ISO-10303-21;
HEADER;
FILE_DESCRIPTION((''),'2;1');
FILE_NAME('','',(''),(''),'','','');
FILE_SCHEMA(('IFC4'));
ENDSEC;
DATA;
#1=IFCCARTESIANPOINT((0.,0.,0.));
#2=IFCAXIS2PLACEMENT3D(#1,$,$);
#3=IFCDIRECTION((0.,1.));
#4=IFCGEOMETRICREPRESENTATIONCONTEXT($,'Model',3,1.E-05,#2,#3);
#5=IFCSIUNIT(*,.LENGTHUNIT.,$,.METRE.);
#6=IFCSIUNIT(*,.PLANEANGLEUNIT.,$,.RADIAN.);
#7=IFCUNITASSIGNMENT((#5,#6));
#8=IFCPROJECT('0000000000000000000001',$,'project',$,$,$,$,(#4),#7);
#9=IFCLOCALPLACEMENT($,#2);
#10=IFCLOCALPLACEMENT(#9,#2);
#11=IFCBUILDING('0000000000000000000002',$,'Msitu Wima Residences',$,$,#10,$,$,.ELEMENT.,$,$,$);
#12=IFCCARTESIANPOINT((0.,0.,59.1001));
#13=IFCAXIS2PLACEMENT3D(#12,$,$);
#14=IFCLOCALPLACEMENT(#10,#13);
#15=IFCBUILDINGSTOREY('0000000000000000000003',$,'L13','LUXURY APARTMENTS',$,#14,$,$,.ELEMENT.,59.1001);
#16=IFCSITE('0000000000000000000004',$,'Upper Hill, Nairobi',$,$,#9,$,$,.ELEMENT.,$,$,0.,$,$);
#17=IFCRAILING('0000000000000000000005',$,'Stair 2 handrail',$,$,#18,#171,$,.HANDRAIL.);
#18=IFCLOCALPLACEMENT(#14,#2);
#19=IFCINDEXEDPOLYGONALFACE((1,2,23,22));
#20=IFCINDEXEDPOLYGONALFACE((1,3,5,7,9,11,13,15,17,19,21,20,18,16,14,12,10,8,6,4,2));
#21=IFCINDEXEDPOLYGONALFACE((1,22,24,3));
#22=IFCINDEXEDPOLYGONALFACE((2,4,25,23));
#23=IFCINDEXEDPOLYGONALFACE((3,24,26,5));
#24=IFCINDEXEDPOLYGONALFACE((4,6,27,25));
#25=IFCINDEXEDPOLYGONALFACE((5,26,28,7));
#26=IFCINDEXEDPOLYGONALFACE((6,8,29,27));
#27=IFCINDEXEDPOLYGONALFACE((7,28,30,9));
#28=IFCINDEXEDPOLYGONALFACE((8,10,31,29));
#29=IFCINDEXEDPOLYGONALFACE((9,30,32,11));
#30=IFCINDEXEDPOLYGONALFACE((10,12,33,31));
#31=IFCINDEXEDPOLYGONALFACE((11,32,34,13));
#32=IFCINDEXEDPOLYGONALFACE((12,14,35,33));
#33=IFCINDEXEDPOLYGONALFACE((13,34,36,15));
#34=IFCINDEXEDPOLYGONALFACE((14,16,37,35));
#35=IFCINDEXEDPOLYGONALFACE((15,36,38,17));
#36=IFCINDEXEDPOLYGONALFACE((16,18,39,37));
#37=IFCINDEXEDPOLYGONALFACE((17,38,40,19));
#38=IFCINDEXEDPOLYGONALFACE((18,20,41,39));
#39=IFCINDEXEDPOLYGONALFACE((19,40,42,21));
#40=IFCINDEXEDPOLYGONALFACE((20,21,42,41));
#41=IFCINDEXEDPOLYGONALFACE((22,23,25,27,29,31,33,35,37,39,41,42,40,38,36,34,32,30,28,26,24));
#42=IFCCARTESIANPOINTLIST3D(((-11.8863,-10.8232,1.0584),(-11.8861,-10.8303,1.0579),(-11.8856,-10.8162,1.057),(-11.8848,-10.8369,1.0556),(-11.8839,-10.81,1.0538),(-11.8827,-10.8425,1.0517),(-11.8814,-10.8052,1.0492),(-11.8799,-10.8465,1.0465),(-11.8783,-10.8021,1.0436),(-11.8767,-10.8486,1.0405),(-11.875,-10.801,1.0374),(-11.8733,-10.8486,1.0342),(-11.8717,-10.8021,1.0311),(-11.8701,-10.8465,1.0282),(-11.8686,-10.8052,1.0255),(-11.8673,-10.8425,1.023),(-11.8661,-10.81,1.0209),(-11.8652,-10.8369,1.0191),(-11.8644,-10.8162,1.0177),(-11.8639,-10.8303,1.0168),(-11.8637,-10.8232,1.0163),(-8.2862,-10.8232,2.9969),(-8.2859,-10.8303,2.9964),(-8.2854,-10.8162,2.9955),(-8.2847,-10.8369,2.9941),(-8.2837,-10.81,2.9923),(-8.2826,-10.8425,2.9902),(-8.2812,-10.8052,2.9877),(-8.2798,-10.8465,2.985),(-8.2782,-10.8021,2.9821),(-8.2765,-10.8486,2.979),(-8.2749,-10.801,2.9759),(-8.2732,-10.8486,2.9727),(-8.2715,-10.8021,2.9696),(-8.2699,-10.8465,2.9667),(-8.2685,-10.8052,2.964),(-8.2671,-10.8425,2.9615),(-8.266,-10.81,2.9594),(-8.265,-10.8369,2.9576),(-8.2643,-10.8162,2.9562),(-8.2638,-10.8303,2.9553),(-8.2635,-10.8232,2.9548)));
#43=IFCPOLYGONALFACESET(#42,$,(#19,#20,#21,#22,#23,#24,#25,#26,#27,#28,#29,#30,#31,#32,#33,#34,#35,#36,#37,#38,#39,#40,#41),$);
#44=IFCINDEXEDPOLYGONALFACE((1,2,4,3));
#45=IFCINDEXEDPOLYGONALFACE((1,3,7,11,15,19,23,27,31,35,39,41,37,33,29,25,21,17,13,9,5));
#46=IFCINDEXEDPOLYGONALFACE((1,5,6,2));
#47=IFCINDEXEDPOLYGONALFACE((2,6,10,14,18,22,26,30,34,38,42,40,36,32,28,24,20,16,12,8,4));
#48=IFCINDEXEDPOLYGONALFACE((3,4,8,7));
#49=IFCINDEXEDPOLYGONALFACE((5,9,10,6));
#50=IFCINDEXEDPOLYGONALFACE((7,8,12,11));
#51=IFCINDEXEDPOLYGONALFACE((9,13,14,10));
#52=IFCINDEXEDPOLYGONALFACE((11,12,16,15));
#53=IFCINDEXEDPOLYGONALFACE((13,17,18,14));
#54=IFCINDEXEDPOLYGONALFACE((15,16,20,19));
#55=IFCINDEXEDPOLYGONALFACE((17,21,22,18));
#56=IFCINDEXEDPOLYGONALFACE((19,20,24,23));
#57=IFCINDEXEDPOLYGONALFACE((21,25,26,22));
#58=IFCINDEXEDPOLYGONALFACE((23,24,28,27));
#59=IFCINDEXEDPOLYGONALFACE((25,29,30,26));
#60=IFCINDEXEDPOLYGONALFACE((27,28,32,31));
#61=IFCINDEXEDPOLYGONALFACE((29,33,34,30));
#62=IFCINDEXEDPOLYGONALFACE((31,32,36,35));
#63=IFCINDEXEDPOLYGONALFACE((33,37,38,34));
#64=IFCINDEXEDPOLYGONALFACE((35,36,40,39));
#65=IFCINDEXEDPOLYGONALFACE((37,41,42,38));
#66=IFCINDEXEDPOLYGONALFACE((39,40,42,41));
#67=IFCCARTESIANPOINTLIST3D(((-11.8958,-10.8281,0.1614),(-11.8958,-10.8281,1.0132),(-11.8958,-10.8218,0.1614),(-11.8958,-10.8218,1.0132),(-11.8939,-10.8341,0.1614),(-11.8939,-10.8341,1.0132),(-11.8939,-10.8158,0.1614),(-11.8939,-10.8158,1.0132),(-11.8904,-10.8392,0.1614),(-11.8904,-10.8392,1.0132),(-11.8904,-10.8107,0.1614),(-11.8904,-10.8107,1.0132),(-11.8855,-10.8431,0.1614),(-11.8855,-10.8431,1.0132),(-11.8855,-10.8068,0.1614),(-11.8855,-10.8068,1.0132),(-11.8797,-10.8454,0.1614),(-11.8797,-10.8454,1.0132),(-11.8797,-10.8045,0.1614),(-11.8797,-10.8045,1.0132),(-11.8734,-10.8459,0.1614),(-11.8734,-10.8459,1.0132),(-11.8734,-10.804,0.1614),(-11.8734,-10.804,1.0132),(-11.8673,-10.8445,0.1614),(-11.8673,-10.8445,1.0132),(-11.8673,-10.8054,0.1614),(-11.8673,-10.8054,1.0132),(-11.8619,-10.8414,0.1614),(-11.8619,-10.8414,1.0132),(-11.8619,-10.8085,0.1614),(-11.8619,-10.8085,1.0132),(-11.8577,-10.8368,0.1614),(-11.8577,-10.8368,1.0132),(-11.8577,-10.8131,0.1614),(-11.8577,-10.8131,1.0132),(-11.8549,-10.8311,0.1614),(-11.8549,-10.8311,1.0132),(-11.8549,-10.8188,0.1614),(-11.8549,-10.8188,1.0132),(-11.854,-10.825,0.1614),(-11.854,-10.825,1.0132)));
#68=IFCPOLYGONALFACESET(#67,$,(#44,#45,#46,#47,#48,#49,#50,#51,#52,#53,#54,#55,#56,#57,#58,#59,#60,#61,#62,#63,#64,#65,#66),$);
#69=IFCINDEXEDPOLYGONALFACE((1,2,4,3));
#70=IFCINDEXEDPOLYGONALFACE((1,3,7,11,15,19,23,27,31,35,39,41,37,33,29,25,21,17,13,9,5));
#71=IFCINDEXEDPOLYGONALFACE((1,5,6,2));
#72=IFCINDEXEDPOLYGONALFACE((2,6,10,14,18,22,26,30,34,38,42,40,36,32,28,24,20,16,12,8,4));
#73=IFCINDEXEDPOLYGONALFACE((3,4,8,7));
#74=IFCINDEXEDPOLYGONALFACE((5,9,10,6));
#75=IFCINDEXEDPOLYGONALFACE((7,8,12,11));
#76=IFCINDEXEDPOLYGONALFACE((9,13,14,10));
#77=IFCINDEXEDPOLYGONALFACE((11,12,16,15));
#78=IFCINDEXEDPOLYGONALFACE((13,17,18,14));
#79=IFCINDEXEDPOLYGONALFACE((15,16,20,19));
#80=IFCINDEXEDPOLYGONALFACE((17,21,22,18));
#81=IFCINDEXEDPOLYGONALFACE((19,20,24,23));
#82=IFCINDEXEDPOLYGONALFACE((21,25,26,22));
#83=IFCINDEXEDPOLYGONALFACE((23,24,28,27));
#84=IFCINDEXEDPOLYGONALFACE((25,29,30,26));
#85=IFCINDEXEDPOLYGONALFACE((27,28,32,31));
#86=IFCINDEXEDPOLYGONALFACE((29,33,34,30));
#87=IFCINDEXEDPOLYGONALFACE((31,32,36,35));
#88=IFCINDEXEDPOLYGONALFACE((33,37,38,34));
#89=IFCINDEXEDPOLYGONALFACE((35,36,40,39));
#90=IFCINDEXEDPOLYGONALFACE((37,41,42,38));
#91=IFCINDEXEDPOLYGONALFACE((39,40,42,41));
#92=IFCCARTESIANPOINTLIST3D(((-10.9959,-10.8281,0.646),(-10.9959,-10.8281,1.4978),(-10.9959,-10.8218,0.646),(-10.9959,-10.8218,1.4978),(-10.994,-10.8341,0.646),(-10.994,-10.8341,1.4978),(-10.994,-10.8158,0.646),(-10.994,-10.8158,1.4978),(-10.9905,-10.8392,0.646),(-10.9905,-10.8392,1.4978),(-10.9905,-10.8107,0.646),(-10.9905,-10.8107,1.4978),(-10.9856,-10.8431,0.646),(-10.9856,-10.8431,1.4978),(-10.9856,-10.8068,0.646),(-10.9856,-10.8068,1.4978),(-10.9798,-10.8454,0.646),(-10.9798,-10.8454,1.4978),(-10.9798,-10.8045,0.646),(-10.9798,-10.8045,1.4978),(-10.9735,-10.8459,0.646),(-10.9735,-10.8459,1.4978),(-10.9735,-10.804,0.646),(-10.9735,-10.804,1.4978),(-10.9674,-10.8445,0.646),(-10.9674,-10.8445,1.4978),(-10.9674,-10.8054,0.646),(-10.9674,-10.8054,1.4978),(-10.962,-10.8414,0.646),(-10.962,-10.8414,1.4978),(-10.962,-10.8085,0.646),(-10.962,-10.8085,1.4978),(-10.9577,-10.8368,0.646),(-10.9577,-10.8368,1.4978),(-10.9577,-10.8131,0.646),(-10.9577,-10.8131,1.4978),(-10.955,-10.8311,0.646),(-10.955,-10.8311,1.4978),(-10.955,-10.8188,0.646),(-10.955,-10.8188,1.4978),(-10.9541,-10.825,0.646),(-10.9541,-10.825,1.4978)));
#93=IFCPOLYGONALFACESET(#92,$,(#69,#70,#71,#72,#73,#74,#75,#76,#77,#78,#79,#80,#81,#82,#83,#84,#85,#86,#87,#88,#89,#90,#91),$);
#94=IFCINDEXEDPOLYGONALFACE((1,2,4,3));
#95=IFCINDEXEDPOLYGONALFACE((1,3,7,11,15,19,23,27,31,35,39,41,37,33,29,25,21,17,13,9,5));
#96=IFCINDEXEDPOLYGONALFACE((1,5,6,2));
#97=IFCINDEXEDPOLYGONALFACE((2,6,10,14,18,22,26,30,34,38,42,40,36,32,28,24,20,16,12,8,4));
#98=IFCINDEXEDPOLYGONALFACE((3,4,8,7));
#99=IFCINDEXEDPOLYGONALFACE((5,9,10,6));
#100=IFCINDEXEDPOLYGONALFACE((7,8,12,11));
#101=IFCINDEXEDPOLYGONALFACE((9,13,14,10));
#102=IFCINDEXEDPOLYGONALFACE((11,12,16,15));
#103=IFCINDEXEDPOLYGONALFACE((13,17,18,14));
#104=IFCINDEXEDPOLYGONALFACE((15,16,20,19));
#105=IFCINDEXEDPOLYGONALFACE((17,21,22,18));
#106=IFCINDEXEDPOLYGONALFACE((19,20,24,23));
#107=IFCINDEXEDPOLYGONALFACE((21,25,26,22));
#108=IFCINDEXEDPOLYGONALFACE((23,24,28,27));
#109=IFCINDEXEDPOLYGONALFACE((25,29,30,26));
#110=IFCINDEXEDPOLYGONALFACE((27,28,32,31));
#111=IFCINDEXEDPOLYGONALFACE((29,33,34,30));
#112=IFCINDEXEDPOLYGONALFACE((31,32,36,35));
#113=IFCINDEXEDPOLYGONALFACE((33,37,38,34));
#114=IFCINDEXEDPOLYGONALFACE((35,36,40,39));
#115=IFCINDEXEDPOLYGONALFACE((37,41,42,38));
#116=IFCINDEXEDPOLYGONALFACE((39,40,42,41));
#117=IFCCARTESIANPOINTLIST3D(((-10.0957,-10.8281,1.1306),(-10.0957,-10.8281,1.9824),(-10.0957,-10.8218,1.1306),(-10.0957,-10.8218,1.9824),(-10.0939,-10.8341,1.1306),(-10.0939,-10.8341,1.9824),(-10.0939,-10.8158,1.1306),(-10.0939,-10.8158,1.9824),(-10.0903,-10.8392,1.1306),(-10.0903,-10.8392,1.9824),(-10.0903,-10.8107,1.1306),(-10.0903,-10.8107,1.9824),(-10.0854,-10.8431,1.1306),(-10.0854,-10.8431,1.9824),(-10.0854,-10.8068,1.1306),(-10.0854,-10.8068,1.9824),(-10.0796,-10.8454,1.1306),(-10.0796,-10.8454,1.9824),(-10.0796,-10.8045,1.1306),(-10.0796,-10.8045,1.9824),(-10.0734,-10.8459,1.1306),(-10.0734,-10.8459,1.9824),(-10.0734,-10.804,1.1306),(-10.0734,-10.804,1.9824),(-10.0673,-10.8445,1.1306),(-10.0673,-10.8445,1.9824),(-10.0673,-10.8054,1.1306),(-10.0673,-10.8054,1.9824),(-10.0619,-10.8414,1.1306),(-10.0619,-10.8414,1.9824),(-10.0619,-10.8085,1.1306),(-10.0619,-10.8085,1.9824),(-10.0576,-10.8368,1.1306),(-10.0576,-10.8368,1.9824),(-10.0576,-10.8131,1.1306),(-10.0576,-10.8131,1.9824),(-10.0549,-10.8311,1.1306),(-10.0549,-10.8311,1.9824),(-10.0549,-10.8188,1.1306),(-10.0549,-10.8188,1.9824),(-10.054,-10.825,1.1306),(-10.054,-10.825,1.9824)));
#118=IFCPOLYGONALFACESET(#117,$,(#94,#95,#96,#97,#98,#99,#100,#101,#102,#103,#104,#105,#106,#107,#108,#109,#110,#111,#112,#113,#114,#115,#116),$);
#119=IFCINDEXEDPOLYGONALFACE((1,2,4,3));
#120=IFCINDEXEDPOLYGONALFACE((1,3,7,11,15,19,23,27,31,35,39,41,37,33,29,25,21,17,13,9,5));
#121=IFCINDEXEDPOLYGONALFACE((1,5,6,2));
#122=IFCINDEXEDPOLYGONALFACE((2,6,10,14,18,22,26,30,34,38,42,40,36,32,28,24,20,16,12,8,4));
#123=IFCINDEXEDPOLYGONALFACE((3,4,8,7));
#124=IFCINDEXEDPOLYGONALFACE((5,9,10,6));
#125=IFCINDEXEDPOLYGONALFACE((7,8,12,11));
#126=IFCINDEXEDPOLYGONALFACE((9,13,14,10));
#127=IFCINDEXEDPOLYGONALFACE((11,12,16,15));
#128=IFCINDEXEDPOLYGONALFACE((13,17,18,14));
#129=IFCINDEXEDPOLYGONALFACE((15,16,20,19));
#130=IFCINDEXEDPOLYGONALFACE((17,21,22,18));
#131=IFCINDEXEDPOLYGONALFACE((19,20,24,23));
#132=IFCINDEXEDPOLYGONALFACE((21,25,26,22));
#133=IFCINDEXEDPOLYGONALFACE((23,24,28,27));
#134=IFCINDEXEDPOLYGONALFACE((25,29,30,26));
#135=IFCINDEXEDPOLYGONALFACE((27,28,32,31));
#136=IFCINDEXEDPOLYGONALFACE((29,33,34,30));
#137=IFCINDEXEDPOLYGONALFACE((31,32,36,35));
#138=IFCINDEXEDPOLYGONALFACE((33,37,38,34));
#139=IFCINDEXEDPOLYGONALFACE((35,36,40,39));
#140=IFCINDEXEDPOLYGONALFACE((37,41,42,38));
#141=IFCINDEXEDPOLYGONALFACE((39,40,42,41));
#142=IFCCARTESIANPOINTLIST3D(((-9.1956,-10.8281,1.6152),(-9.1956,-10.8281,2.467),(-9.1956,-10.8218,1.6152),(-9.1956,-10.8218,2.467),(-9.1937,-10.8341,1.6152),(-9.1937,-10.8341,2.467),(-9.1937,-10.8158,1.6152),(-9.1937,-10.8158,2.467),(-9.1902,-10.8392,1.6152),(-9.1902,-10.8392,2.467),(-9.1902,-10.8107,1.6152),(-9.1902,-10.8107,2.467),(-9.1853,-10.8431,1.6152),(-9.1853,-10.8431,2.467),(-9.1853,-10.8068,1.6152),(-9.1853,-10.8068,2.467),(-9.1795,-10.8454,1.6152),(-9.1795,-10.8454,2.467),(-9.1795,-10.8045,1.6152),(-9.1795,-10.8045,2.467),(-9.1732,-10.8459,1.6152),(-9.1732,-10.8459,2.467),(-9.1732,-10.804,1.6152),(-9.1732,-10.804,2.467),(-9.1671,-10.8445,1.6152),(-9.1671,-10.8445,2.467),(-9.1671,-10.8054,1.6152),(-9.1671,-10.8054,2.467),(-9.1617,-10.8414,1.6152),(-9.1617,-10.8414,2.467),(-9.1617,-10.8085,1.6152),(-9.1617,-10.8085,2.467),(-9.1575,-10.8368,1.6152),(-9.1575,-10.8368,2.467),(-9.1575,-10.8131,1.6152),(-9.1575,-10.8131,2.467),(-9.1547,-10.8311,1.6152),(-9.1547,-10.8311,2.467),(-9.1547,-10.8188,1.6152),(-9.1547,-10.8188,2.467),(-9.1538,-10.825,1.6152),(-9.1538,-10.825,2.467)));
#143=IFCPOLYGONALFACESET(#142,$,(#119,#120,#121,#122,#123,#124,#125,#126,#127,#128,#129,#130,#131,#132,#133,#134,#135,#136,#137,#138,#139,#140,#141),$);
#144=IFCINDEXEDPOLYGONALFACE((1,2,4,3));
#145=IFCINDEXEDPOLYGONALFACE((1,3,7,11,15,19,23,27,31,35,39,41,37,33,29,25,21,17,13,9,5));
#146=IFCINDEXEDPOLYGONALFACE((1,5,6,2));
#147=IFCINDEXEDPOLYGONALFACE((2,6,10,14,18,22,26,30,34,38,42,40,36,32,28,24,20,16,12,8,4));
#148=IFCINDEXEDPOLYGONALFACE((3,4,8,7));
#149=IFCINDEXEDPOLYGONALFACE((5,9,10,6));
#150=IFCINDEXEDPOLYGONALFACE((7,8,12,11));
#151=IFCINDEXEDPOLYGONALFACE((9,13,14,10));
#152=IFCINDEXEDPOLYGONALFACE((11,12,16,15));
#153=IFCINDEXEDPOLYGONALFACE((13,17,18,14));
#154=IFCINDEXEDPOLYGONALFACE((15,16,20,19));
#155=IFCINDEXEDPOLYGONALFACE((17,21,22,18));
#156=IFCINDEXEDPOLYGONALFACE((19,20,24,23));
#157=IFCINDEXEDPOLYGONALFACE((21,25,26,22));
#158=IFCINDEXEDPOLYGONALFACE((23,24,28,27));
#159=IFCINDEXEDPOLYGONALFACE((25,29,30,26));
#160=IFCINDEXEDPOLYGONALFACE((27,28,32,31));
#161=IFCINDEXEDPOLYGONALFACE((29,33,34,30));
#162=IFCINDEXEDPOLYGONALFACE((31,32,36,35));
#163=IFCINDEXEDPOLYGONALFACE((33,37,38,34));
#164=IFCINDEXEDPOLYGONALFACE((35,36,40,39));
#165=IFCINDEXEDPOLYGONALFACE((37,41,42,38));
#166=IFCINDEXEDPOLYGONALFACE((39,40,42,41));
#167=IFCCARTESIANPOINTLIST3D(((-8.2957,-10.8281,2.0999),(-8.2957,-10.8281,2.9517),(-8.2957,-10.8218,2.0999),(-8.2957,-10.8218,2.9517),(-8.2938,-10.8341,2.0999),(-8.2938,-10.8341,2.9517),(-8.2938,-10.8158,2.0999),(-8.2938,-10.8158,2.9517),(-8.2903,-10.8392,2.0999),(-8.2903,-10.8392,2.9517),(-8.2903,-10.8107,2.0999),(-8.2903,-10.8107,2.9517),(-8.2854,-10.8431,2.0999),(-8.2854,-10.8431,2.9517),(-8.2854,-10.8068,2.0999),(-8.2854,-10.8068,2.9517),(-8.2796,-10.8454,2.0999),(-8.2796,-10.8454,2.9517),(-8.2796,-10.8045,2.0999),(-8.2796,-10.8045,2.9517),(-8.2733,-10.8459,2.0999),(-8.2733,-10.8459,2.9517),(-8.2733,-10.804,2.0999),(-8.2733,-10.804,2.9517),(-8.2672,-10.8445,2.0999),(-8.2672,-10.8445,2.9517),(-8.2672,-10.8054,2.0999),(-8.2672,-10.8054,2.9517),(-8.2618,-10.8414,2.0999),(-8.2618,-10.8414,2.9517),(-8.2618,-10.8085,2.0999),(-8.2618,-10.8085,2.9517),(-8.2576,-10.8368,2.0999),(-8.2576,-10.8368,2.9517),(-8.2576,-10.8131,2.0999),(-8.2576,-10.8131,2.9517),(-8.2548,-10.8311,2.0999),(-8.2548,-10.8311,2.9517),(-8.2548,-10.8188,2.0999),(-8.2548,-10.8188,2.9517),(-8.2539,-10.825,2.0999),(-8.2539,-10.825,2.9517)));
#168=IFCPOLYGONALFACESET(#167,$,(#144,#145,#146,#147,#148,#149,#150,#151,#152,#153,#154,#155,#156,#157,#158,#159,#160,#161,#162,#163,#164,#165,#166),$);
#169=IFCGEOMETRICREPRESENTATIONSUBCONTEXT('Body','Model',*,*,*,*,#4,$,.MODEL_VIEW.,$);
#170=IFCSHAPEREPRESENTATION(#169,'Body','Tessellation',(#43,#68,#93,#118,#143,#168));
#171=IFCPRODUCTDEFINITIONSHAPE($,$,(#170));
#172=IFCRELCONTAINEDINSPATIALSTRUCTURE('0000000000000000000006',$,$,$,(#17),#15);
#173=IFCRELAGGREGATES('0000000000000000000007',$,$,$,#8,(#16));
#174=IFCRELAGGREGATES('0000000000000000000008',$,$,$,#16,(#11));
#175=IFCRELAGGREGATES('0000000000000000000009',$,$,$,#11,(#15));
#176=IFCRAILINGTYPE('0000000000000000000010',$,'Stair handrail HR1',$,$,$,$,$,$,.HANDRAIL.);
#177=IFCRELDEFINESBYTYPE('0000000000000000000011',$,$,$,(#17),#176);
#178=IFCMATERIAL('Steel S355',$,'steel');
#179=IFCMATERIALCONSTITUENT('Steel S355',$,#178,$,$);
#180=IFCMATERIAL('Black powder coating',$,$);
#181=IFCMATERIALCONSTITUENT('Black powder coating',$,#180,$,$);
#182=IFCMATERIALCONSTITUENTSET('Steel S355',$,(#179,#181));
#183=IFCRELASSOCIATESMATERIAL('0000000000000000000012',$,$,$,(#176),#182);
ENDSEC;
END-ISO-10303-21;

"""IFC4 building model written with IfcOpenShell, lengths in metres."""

from ifc_helpers import new_model, si_unit, direction, frame, origin, origin_2d, place, context, subcontext, project, spatial, circle, extrude, material, constituent, constituent_set, type_object, element, save


model = new_model("IFC4")

# Units and contexts
model_context = context("Model", 3, precision=1e-05, world=origin(), true_north=direction((0.0, 1.0)))
body_context = subcontext(model_context, "Body", "Model", "MODEL_VIEW")
ifc_project = project(units=[si_unit("LENGTHUNIT", "METRE"), si_unit("PLANEANGLEUNIT", "RADIAN")], contexts=[model_context])

# Site, building, storey
site_placement = place(None, origin())
site = spatial("IfcSite", under=ifc_project, at=site_placement, Name="Upper Hill, Nairobi", CompositionType="ELEMENT", RefElevation=0.0)
building_placement = place(site_placement, origin())
building = spatial("IfcBuilding", under=site, at=building_placement, Name="Msitu Wima Residences", CompositionType="ELEMENT")
storey_placement = place(building_placement, frame((0.0, 0.0, 59.1001)))
storey = spatial("IfcBuildingStorey", under=building, at=storey_placement, Name="L13", Description="LUXURY APARTMENTS", CompositionType="ELEMENT", Elevation=59.1001)

# Railing
ifc_material_1 = material(Name="Steel S355", Category="steel")
ifc_constituent_1 = constituent(ifc_material_1, Name="Steel S355")
ifc_material_2 = material(Name="Black powder coating")
ifc_constituent_2 = constituent(ifc_material_2, Name="Black powder coating")
ifc_constituent_set = constituent_set(constituents=[ifc_constituent_1, ifc_constituent_2], Name="Steel S355")
railing_type = type_object("IfcRailingType", Name="Stair handrail HR1", PredefinedType="HANDRAIL", material=ifc_constituent_set)
for number, where, name in (
    (1, (-11.875, -10.825, 0.1614), "Stair 2 handrail"),
):
    element("IfcRailing", number, at=place(storey_placement, frame(where)), inside=storey, type_object=railing_type, Name=name, PredefinedType="HANDRAIL", context=body_context, shape_type="SweptSolid", body=[
        extrude(circle(Radius=0.0239, at=origin_2d()), frame((0.0, 0.0, 0.876), z_axis=(0.880475, 0.0, 0.474093), x_axis=(0.0, 1.0, 0.0)), (0.0, 0.0, 1.0), 4.0889),
        extrude(circle(Radius=0.021, at=origin_2d()), origin(), (0.0, 0.0, 1.0), 0.8518),
        extrude(circle(Radius=0.021, at=origin_2d()), frame((0.8999, 0.0, 0.4846)), (0.0, 0.0, 1.0), 0.8518),
        extrude(circle(Radius=0.021, at=origin_2d()), frame((1.8, 0.0, 0.9692)), (0.0, 0.0, 1.0), 0.8518),
        extrude(circle(Radius=0.021, at=origin_2d()), frame((2.7002, 0.0, 1.4539)), (0.0, 0.0, 1.0), 0.8518),
        extrude(circle(Radius=0.021, at=origin_2d()), frame((3.6001, 0.0, 1.9385)), (0.0, 0.0, 1.0), 0.8518),
    ])

save(model, "model.ifc")
